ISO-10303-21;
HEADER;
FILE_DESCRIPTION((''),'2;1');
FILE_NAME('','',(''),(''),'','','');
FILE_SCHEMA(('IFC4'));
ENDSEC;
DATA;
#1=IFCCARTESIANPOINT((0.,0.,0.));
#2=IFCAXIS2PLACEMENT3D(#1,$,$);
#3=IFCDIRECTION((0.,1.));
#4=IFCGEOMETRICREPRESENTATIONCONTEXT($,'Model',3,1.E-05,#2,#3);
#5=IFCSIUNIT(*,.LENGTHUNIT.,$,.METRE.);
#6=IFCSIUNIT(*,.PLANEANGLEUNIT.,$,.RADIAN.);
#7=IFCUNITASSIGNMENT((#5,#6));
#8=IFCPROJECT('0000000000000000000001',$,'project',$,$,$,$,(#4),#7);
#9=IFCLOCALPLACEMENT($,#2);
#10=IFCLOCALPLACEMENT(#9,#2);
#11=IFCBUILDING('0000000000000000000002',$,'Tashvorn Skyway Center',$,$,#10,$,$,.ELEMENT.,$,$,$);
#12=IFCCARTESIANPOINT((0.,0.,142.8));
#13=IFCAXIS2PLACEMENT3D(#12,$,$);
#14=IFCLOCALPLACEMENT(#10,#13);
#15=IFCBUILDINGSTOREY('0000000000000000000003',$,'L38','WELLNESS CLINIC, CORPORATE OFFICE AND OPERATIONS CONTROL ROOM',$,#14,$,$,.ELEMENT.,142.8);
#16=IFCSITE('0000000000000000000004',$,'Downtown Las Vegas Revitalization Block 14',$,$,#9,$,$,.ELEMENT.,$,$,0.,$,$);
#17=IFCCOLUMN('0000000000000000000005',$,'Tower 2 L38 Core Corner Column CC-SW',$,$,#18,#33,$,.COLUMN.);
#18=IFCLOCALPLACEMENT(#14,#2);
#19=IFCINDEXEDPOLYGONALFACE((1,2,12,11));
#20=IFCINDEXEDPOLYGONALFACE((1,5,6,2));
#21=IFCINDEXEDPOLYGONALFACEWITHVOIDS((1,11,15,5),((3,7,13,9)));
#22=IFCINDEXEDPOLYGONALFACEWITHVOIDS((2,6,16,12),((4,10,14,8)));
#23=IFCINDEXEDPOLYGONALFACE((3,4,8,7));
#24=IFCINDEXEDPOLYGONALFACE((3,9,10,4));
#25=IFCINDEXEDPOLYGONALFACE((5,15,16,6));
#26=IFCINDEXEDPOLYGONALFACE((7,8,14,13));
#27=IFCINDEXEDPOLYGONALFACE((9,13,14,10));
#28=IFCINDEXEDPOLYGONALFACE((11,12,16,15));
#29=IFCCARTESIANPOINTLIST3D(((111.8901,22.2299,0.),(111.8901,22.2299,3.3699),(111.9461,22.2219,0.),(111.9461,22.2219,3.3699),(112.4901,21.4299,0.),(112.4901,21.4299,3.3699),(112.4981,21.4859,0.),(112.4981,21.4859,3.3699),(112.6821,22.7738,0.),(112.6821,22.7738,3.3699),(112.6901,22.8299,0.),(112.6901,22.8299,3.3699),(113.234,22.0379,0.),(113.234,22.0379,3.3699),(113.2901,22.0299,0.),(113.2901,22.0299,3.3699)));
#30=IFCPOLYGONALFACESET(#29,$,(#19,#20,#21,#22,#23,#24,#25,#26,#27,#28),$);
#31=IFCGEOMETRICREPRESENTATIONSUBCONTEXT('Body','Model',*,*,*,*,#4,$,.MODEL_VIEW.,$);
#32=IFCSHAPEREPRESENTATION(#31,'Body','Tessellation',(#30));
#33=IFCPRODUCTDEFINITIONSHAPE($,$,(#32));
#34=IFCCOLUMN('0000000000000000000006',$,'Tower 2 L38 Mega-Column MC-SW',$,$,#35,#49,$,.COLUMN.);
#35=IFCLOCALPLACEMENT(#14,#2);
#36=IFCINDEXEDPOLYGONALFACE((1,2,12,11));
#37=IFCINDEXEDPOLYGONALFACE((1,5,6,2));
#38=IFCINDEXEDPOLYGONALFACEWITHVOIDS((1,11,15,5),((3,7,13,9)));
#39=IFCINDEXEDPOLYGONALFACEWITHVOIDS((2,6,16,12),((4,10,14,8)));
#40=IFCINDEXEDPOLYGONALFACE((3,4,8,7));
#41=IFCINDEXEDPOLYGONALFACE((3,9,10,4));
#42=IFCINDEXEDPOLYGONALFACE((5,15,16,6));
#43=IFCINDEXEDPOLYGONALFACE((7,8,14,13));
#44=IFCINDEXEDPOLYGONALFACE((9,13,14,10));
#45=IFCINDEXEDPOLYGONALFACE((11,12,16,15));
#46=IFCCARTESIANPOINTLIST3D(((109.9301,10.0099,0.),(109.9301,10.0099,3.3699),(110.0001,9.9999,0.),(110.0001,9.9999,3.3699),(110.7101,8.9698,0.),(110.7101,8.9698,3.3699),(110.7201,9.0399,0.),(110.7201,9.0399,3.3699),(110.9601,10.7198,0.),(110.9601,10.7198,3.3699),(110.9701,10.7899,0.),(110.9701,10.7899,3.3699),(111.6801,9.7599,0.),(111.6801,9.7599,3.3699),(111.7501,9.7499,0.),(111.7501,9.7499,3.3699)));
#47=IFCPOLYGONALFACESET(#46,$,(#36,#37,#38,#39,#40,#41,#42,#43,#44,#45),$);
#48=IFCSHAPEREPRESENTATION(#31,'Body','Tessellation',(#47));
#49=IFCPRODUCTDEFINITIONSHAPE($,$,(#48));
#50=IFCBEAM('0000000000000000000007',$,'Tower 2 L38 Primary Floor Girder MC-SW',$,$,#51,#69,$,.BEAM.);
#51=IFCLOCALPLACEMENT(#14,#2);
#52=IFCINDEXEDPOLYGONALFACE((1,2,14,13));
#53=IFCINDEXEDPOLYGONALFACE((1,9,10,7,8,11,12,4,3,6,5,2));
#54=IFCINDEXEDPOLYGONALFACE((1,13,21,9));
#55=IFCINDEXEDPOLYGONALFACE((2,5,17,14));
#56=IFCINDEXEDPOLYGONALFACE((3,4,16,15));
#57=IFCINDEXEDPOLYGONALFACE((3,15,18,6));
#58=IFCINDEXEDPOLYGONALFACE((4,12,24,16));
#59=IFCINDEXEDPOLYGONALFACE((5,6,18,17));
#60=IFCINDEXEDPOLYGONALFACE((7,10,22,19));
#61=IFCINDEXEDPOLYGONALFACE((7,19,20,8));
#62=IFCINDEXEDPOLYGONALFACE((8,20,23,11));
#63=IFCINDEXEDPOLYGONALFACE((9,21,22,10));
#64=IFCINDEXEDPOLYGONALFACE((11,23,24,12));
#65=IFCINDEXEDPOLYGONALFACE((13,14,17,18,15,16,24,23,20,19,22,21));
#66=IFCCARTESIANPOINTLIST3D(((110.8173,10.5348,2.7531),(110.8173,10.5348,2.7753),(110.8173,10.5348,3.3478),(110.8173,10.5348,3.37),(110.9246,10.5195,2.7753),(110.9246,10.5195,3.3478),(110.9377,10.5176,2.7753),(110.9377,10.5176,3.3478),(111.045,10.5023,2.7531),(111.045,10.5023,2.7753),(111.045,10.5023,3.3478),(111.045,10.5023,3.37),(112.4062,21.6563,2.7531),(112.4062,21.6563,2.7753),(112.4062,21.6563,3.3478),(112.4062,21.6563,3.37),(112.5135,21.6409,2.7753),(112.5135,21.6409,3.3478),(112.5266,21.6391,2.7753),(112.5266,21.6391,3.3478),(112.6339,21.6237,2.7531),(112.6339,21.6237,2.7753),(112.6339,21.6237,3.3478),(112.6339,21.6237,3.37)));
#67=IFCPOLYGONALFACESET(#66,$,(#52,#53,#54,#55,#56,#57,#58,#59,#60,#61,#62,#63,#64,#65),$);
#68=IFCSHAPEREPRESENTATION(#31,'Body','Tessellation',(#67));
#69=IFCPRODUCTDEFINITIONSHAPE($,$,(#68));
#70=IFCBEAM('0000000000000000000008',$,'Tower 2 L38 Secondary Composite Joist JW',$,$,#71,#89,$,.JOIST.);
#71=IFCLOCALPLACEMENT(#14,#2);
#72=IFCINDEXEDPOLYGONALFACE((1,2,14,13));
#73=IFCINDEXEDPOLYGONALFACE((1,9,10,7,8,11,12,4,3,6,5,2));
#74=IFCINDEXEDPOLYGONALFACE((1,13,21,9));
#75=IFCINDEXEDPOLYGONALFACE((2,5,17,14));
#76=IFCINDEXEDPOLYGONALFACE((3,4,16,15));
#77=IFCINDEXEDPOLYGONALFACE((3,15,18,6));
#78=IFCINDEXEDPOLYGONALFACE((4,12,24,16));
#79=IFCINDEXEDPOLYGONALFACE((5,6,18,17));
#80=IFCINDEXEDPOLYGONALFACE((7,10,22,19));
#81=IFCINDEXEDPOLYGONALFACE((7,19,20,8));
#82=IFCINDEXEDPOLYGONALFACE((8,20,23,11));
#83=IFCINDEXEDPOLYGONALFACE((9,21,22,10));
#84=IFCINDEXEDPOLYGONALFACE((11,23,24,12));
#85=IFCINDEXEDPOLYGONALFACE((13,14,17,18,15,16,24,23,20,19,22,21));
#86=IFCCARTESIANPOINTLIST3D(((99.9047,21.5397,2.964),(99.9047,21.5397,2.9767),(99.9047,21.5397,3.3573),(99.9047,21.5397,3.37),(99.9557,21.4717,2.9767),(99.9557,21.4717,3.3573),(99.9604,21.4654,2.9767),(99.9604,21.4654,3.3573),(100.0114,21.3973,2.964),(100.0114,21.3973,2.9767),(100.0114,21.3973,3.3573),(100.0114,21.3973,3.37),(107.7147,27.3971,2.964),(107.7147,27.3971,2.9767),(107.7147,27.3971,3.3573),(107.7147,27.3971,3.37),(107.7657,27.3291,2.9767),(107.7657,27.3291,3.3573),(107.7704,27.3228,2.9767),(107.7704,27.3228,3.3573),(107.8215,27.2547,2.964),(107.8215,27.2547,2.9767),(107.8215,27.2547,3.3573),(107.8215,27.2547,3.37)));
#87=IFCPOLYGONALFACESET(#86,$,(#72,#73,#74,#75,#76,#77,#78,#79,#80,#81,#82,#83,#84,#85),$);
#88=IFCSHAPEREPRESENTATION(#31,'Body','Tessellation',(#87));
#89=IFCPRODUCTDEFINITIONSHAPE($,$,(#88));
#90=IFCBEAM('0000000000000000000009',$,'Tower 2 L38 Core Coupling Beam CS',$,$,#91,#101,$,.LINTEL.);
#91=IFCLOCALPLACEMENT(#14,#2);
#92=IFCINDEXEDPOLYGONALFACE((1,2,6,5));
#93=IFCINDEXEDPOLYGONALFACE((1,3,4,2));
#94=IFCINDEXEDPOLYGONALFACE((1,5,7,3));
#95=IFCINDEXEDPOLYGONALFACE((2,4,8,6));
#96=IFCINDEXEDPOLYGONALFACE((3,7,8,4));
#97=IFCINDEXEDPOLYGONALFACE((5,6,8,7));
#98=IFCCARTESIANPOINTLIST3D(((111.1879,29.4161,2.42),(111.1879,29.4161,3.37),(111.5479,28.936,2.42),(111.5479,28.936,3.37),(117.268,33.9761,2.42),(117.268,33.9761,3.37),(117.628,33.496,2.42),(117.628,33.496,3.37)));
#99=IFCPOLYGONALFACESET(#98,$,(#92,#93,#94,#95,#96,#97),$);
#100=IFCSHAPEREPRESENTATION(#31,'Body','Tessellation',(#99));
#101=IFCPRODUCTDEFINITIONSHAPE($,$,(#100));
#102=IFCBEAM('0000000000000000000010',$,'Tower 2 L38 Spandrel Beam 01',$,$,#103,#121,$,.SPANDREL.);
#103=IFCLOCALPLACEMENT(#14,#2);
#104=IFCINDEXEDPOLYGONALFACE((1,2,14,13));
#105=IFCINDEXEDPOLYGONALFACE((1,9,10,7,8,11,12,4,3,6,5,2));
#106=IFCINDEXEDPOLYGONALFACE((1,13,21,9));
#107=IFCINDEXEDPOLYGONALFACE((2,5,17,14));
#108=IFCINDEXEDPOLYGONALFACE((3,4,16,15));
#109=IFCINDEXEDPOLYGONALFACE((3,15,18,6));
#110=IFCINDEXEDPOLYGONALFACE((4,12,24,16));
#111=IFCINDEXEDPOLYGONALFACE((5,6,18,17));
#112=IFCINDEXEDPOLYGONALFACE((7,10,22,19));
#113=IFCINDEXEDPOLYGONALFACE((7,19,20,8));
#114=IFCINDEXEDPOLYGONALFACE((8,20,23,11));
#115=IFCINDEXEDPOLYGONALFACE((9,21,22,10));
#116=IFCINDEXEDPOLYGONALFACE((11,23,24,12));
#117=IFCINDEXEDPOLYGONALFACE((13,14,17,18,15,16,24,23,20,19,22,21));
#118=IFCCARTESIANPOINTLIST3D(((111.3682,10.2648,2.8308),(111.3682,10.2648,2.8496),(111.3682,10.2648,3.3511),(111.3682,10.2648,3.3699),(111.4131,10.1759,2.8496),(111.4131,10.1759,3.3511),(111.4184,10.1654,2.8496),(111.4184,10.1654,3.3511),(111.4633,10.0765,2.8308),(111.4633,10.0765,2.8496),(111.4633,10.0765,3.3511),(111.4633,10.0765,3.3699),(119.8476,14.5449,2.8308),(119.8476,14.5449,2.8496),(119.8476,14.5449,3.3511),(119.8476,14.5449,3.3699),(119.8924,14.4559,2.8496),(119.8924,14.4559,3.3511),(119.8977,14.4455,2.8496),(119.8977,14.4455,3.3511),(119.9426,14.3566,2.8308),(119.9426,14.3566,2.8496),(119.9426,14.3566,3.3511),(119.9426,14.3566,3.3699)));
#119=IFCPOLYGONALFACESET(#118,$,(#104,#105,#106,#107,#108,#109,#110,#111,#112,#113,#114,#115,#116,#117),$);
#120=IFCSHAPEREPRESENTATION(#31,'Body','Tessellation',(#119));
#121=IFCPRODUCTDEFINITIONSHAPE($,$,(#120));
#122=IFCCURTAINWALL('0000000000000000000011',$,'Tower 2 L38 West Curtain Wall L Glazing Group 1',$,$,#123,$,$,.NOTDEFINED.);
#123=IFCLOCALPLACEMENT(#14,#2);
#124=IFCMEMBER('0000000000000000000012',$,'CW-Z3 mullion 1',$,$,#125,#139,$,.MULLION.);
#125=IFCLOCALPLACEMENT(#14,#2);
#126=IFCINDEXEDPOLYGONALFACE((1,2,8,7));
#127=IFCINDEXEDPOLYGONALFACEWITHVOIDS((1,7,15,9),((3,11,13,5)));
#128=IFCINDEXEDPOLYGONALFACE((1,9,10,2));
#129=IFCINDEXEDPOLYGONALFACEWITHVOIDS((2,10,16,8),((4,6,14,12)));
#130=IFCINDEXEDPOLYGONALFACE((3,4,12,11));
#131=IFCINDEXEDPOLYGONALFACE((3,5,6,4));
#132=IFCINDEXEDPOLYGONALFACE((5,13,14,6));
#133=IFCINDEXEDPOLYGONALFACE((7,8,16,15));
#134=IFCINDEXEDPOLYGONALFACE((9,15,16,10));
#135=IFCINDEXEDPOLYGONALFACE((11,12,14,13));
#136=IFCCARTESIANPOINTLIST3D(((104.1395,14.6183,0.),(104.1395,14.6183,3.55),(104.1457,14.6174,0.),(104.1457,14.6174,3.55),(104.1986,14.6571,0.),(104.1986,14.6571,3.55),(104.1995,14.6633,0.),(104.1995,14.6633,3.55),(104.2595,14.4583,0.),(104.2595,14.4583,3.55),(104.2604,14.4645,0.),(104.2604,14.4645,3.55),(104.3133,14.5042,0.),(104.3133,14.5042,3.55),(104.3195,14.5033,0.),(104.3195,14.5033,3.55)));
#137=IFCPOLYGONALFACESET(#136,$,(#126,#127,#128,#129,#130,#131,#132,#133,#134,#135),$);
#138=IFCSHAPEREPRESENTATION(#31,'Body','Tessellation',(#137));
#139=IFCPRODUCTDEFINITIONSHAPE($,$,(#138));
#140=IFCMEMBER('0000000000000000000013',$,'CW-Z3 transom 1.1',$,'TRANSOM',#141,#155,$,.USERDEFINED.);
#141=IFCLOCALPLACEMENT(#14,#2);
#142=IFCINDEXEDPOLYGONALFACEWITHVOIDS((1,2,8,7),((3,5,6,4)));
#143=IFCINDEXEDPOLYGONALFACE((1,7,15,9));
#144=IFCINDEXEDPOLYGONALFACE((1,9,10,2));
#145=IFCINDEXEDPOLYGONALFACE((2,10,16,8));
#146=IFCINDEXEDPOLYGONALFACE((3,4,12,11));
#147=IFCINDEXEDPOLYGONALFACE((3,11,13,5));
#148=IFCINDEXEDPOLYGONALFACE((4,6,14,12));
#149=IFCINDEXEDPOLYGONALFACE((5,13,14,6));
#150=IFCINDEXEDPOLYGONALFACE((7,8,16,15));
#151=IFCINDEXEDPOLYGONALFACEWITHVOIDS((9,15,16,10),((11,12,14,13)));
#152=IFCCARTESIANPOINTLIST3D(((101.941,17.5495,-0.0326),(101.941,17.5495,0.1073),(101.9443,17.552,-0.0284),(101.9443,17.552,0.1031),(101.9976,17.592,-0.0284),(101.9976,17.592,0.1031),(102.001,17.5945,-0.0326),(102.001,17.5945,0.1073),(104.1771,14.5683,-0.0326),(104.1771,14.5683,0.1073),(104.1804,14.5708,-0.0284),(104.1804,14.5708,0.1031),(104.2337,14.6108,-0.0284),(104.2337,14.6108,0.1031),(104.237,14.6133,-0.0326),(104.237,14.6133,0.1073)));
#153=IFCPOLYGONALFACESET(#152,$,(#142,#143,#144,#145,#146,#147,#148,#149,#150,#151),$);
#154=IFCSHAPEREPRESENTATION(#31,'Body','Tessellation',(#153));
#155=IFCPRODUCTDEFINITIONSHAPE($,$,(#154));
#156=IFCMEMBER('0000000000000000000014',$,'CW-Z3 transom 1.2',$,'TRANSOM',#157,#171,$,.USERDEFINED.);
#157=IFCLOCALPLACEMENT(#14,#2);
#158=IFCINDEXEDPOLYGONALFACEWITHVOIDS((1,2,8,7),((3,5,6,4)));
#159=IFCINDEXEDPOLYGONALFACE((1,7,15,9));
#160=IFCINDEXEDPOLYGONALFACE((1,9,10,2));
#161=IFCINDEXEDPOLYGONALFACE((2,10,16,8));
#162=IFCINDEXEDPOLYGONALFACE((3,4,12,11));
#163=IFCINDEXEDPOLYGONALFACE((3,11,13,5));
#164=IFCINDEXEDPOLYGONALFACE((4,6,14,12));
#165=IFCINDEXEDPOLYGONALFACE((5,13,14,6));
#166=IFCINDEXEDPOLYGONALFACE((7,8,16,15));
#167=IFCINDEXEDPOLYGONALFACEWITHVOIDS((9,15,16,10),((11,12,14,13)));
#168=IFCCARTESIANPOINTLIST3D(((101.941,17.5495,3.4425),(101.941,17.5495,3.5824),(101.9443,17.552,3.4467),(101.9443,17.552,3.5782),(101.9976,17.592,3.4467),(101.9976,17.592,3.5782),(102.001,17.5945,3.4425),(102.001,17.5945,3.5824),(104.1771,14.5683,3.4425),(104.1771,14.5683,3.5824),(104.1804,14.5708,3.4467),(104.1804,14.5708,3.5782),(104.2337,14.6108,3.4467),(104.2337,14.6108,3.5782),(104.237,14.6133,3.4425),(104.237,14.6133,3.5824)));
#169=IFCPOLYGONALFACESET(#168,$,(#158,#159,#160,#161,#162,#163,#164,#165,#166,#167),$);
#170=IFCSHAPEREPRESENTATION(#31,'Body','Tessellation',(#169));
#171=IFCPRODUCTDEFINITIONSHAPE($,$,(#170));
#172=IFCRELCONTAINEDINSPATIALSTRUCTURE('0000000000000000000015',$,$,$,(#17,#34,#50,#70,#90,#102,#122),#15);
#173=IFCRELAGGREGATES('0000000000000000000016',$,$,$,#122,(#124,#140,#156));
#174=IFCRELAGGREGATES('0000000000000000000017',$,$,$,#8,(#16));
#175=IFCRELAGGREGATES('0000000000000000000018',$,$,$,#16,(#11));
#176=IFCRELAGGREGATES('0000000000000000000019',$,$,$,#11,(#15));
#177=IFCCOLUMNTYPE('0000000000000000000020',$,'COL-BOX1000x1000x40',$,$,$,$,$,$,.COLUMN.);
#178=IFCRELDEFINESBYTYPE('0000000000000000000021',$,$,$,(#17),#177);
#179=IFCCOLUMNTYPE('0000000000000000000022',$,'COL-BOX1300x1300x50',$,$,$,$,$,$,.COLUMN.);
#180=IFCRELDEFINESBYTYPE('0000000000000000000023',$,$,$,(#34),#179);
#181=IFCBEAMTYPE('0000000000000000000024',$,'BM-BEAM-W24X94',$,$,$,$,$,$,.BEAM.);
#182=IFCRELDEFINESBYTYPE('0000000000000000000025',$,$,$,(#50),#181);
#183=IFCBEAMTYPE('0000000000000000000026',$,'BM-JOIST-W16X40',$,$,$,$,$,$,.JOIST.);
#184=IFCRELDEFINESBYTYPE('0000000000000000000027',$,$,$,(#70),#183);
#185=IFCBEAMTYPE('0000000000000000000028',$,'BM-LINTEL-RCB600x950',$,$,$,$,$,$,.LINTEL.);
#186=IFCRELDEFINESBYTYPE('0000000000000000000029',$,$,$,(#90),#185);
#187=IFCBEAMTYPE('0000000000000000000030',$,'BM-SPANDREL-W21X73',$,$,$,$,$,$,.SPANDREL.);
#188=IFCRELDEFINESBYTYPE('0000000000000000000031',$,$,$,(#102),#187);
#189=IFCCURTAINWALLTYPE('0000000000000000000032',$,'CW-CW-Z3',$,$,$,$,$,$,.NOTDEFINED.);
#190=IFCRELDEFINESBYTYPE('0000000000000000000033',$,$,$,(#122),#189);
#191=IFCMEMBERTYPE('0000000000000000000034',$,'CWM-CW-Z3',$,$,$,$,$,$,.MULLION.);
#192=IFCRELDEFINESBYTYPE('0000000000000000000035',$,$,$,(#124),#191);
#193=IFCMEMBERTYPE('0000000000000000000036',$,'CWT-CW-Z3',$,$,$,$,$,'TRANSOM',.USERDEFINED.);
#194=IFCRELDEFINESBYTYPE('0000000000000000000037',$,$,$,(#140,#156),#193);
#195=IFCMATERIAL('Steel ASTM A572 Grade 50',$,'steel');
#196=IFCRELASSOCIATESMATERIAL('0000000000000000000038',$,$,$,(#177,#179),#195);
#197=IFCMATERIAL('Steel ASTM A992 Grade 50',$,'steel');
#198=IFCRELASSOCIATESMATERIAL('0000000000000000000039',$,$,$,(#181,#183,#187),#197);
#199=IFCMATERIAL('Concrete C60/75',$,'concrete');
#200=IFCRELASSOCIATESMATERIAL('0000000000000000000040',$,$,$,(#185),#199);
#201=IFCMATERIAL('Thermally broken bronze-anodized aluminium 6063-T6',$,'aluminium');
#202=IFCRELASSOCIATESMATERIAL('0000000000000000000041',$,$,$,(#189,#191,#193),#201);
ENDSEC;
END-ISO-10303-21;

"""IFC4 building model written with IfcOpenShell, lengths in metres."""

from ifc_helpers import new_model, si_unit, direction, frame, origin, origin_2d, place, context, subcontext, project, spatial, rectangle, hollow_rectangle, i_section, extrude, material, material_profile, profile_set, type_object, element, aggregate, save


model = new_model("IFC4")

# Units and contexts
model_context = context("Model", 3, precision=1e-05, world=origin(), true_north=direction((0.0, 1.0)))
body_context = subcontext(model_context, "Body", "Model", "MODEL_VIEW")
ifc_project = project(units=[si_unit("LENGTHUNIT", "METRE"), si_unit("PLANEANGLEUNIT", "RADIAN")], contexts=[model_context])

# Site, building, storey
site_placement = place(None, origin())
site = spatial("IfcSite", under=ifc_project, at=site_placement, Name="Downtown Las Vegas Revitalization Block 14", CompositionType="ELEMENT", RefElevation=0.0)
building_placement = place(site_placement, origin())
building = spatial("IfcBuilding", under=site, at=building_placement, Name="Tashvorn Skyway Center", CompositionType="ELEMENT")
storey_placement = place(building_placement, frame((0.0, 0.0, 142.8)))
storey = spatial("IfcBuildingStorey", under=building, at=storey_placement, Name="L38", Description="WELLNESS CLINIC, CORPORATE OFFICE AND OPERATIONS CONTROL ROOM", CompositionType="ELEMENT", Elevation=142.8)

# Columns
ifc_material_1 = material(Name="Steel ASTM A572 Grade 50", Category="steel")
ifc_material_profile_1 = material_profile(ifc_material_1, hollow_rectangle(XDim=1.0, YDim=1.0, WallThickness=0.04, at=origin_2d()), Name="BOX1000x1000x40")
ifc_profile_set_1 = profile_set([ifc_material_profile_1], Name="Steel ASTM A572 Grade 50")
column_type_1 = type_object("IfcColumnType", Name="COL-BOX1000x1000x40", PredefinedType="COLUMN", material=ifc_profile_set_1)
column_1_placement = place(storey_placement, frame((112.5901, 22.1299, 0.0), z_axis=(0.0, 0.0, 1.0), x_axis=(0.8, 0.6, 0.0)))
element("IfcColumn", 1, at=column_1_placement, inside=storey, type_object=column_type_1, Name="Tower 2 L38 Core Corner Column CC-SW", PredefinedType="COLUMN", context=body_context, shape_type="SweptSolid", body=[
    extrude(hollow_rectangle(XDim=1.0, YDim=1.0, WallThickness=0.04, at=origin_2d()), origin(), (0.0, 0.0, 1.0), 3.3699),
])
ifc_material_profile_2 = material_profile(ifc_material_1, hollow_rectangle(XDim=1.3, YDim=1.3, WallThickness=0.05, at=origin_2d()), Name="BOX1300x1300x50")
ifc_profile_set_2 = profile_set([ifc_material_profile_2], Name="Steel ASTM A572 Grade 50")
column_type_2 = type_object("IfcColumnType", Name="COL-BOX1300x1300x50", PredefinedType="COLUMN", material=ifc_profile_set_2)
column_2_placement = place(storey_placement, frame((110.8401, 9.8799, 0.0), z_axis=(0.0, 0.0, 1.0), x_axis=(0.8, 0.6, 0.0)))
element("IfcColumn", 2, at=column_2_placement, inside=storey, type_object=column_type_2, Name="Tower 2 L38 Mega-Column MC-SW", PredefinedType="COLUMN", context=body_context, shape_type="SweptSolid", body=[
    extrude(hollow_rectangle(XDim=1.3, YDim=1.3, WallThickness=0.05, at=origin_2d()), origin(), (0.0, 0.0, 1.0), 3.3699),
])

# Beams
ifc_material_2 = material(Name="Steel ASTM A992 Grade 50", Category="steel")
ifc_material_profile_3 = material_profile(ifc_material_2, i_section(OverallWidth=0.23, OverallDepth=0.6169, WebThickness=0.0132, FlangeThickness=0.0222, at=origin_2d()), Name="W24X94")
ifc_profile_set_3 = profile_set([ifc_material_profile_3], Name="Steel ASTM A992 Grade 50")
beam_type_1 = type_object("IfcBeamType", Name="BM-BEAM-W24X94", PredefinedType="BEAM", material=ifc_profile_set_3)
beam_1_placement = place(storey_placement, frame((110.9312, 10.5186, 3.0615), z_axis=(0.14143, 0.989948, 0.0), x_axis=(-0.989948, 0.14143, 0.0)))
element("IfcBeam", 3, at=beam_1_placement, inside=storey, type_object=beam_type_1, Name="Tower 2 L38 Primary Floor Girder MC-SW", PredefinedType="BEAM", context=body_context, shape_type="SweptSolid", body=[
    extrude(i_section(OverallWidth=0.23, OverallDepth=0.6169, WebThickness=0.0132, FlangeThickness=0.0222, at=origin_2d()), origin(), (0.0, 0.0, 1.0), 11.2344),
])
ifc_material_profile_4 = material_profile(ifc_material_2, i_section(OverallWidth=0.178, OverallDepth=0.406, WebThickness=0.0078, FlangeThickness=0.0127, at=origin_2d()), Name="W16X40")
ifc_profile_set_4 = profile_set([ifc_material_profile_4], Name="Steel ASTM A992 Grade 50")
beam_type_2 = type_object("IfcBeamType", Name="BM-JOIST-W16X40", PredefinedType="JOIST", material=ifc_profile_set_4)
beam_2_placement = place(storey_placement, frame((107.7681, 27.3259, 3.167), z_axis=(-0.800006, -0.599992, 0.0), x_axis=(0.599992, -0.800006, 0.0)))
element("IfcBeam", 4, at=beam_2_placement, inside=storey, type_object=beam_type_2, Name="Tower 2 L38 Secondary Composite Joist JW", PredefinedType="JOIST", context=body_context, shape_type="SweptSolid", body=[
    extrude(i_section(OverallWidth=0.178, OverallDepth=0.406, WebThickness=0.0078, FlangeThickness=0.0127, at=origin_2d()), origin(), (0.0, 0.0, 1.0), 9.7625),
])
ifc_material_3 = material(Name="Concrete C60/75", Category="concrete")
ifc_material_profile_5 = material_profile(ifc_material_3, rectangle(XDim=0.6001, YDim=0.95, at=origin_2d()), Name="RCB600x950")
ifc_profile_set_5 = profile_set([ifc_material_profile_5], Name="Concrete C60/75")
beam_type_3 = type_object("IfcBeamType", Name="BM-LINTEL-RCB600x950", PredefinedType="LINTEL", material=ifc_profile_set_5)
beam_3_placement = place(storey_placement, frame((111.3679, 29.176, 2.895), z_axis=(0.8, 0.6, 0.0), x_axis=(-0.6, 0.8, 0.0)))
element("IfcBeam", 5, at=beam_3_placement, inside=storey, type_object=beam_type_3, Name="Tower 2 L38 Core Coupling Beam CS", PredefinedType="LINTEL", context=body_context, shape_type="SweptSolid", body=[
    extrude(rectangle(XDim=0.6001, YDim=0.95, at=origin_2d()), origin(), (0.0, 0.0, 1.0), 7.6001),
])
ifc_material_profile_6 = material_profile(ifc_material_2, i_section(OverallWidth=0.2109, OverallDepth=0.5391, WebThickness=0.0117, FlangeThickness=0.0188, at=origin_2d()), Name="W21X73")
ifc_profile_set_6 = profile_set([ifc_material_profile_6], Name="Steel ASTM A992 Grade 50")
beam_type_4 = type_object("IfcBeamType", Name="BM-SPANDREL-W21X73", PredefinedType="SPANDREL", material=ifc_profile_set_6)
beam_4_placement = place(storey_placement, frame((111.4158, 10.1707, 3.1003), z_axis=(0.892719, 0.450614, 0.0), x_axis=(-0.450614, 0.892719, 0.0)))
element("IfcBeam", 6, at=beam_4_placement, inside=storey, type_object=beam_type_4, Name="Tower 2 L38 Spandrel Beam 01", PredefinedType="SPANDREL", context=body_context, shape_type="SweptSolid", body=[
    extrude(i_section(OverallWidth=0.2109, OverallDepth=0.5391, WebThickness=0.0117, FlangeThickness=0.0188, at=origin_2d()), origin(), (0.0, 0.0, 1.0), 9.4983),
])

# Curtain wall, members
ifc_material_4 = material(Name="Thermally broken bronze-anodized aluminium 6063-T6", Category="aluminium")
curtain_wall_type = type_object("IfcCurtainWallType", Name="CW-CW-Z3", PredefinedType="NOTDEFINED", material=ifc_material_4)
curtain_wall_placement = place(storey_placement, origin())
curtain_wall = element("IfcCurtainWall", 7, at=curtain_wall_placement, inside=storey, type_object=curtain_wall_type, Name="Tower 2 L38 West Curtain Wall L Glazing Group 1", PredefinedType="NOTDEFINED")
ifc_material_profile_7 = material_profile(ifc_material_4, hollow_rectangle(XDim=0.075, YDim=0.2, WallThickness=0.0044, at=origin_2d()), Name="ALU-MULL-75x200")
ifc_profile_set_7 = profile_set([ifc_material_profile_7], Name="Thermally broken bronze-anodized aluminium 6063-T6")
member_type_1 = type_object("IfcMemberType", Name="CWM-CW-Z3", PredefinedType="MULLION", material=ifc_profile_set_7)
member_1_placement = place(storey_placement, frame((104.2295, 14.5608, 0.0), z_axis=(0.0, 0.0, 1.0), x_axis=(-0.799997, -0.600004, 0.0)))
member_1 = element("IfcMember", 8, at=member_1_placement, type_object=member_type_1, Name="CW-Z3 mullion 1", PredefinedType="MULLION", context=body_context, shape_type="SweptSolid", body=[
    extrude(hollow_rectangle(XDim=0.075, YDim=0.2, WallThickness=0.0044, at=origin_2d()), origin(), (0.0, 0.0, 1.0), 3.55),
])
ifc_material_profile_8 = material_profile(ifc_material_4, hollow_rectangle(XDim=0.075, YDim=0.1399, WallThickness=0.0042, at=origin_2d()), Name="ALU-TRAN-75x140")
ifc_profile_set_8 = profile_set([ifc_material_profile_8], Name="Thermally broken bronze-anodized aluminium 6063-T6")
member_type_2 = type_object("IfcMemberType", Name="CWT-CW-Z3", ElementType="TRANSOM", PredefinedType="USERDEFINED", material=ifc_profile_set_8)
member_2_placement = place(storey_placement, frame((104.207, 14.5908, 0.0374), z_axis=(-0.600031, 0.799976, 0.0), x_axis=(-0.799976, -0.600031, 0.0)))
member_2 = element("IfcMember", 9, at=member_2_placement, type_object=member_type_2, Name="CW-Z3 transom 1.1", ObjectType="TRANSOM", PredefinedType="USERDEFINED", context=body_context, shape_type="SweptSolid", body=[
    extrude(hollow_rectangle(XDim=0.075, YDim=0.1399, WallThickness=0.0042, at=origin_2d()), origin(), (0.0, 0.0, 1.0), 3.7266),
])
member_3_placement = place(storey_placement, frame((104.207, 14.5908, 3.5125), z_axis=(-0.600031, 0.799976, 0.0), x_axis=(-0.799976, -0.600031, 0.0)))
member_3 = element("IfcMember", 10, at=member_3_placement, type_object=member_type_2, Name="CW-Z3 transom 1.2", ObjectType="TRANSOM", PredefinedType="USERDEFINED", context=body_context, shape_type="SweptSolid", body=[
    extrude(hollow_rectangle(XDim=0.075, YDim=0.1399, WallThickness=0.0042, at=origin_2d()), origin(), (0.0, 0.0, 1.0), 3.7266),
])
aggregate(curtain_wall, [member_1, member_2, member_3])

save(model, "model.ifc")
